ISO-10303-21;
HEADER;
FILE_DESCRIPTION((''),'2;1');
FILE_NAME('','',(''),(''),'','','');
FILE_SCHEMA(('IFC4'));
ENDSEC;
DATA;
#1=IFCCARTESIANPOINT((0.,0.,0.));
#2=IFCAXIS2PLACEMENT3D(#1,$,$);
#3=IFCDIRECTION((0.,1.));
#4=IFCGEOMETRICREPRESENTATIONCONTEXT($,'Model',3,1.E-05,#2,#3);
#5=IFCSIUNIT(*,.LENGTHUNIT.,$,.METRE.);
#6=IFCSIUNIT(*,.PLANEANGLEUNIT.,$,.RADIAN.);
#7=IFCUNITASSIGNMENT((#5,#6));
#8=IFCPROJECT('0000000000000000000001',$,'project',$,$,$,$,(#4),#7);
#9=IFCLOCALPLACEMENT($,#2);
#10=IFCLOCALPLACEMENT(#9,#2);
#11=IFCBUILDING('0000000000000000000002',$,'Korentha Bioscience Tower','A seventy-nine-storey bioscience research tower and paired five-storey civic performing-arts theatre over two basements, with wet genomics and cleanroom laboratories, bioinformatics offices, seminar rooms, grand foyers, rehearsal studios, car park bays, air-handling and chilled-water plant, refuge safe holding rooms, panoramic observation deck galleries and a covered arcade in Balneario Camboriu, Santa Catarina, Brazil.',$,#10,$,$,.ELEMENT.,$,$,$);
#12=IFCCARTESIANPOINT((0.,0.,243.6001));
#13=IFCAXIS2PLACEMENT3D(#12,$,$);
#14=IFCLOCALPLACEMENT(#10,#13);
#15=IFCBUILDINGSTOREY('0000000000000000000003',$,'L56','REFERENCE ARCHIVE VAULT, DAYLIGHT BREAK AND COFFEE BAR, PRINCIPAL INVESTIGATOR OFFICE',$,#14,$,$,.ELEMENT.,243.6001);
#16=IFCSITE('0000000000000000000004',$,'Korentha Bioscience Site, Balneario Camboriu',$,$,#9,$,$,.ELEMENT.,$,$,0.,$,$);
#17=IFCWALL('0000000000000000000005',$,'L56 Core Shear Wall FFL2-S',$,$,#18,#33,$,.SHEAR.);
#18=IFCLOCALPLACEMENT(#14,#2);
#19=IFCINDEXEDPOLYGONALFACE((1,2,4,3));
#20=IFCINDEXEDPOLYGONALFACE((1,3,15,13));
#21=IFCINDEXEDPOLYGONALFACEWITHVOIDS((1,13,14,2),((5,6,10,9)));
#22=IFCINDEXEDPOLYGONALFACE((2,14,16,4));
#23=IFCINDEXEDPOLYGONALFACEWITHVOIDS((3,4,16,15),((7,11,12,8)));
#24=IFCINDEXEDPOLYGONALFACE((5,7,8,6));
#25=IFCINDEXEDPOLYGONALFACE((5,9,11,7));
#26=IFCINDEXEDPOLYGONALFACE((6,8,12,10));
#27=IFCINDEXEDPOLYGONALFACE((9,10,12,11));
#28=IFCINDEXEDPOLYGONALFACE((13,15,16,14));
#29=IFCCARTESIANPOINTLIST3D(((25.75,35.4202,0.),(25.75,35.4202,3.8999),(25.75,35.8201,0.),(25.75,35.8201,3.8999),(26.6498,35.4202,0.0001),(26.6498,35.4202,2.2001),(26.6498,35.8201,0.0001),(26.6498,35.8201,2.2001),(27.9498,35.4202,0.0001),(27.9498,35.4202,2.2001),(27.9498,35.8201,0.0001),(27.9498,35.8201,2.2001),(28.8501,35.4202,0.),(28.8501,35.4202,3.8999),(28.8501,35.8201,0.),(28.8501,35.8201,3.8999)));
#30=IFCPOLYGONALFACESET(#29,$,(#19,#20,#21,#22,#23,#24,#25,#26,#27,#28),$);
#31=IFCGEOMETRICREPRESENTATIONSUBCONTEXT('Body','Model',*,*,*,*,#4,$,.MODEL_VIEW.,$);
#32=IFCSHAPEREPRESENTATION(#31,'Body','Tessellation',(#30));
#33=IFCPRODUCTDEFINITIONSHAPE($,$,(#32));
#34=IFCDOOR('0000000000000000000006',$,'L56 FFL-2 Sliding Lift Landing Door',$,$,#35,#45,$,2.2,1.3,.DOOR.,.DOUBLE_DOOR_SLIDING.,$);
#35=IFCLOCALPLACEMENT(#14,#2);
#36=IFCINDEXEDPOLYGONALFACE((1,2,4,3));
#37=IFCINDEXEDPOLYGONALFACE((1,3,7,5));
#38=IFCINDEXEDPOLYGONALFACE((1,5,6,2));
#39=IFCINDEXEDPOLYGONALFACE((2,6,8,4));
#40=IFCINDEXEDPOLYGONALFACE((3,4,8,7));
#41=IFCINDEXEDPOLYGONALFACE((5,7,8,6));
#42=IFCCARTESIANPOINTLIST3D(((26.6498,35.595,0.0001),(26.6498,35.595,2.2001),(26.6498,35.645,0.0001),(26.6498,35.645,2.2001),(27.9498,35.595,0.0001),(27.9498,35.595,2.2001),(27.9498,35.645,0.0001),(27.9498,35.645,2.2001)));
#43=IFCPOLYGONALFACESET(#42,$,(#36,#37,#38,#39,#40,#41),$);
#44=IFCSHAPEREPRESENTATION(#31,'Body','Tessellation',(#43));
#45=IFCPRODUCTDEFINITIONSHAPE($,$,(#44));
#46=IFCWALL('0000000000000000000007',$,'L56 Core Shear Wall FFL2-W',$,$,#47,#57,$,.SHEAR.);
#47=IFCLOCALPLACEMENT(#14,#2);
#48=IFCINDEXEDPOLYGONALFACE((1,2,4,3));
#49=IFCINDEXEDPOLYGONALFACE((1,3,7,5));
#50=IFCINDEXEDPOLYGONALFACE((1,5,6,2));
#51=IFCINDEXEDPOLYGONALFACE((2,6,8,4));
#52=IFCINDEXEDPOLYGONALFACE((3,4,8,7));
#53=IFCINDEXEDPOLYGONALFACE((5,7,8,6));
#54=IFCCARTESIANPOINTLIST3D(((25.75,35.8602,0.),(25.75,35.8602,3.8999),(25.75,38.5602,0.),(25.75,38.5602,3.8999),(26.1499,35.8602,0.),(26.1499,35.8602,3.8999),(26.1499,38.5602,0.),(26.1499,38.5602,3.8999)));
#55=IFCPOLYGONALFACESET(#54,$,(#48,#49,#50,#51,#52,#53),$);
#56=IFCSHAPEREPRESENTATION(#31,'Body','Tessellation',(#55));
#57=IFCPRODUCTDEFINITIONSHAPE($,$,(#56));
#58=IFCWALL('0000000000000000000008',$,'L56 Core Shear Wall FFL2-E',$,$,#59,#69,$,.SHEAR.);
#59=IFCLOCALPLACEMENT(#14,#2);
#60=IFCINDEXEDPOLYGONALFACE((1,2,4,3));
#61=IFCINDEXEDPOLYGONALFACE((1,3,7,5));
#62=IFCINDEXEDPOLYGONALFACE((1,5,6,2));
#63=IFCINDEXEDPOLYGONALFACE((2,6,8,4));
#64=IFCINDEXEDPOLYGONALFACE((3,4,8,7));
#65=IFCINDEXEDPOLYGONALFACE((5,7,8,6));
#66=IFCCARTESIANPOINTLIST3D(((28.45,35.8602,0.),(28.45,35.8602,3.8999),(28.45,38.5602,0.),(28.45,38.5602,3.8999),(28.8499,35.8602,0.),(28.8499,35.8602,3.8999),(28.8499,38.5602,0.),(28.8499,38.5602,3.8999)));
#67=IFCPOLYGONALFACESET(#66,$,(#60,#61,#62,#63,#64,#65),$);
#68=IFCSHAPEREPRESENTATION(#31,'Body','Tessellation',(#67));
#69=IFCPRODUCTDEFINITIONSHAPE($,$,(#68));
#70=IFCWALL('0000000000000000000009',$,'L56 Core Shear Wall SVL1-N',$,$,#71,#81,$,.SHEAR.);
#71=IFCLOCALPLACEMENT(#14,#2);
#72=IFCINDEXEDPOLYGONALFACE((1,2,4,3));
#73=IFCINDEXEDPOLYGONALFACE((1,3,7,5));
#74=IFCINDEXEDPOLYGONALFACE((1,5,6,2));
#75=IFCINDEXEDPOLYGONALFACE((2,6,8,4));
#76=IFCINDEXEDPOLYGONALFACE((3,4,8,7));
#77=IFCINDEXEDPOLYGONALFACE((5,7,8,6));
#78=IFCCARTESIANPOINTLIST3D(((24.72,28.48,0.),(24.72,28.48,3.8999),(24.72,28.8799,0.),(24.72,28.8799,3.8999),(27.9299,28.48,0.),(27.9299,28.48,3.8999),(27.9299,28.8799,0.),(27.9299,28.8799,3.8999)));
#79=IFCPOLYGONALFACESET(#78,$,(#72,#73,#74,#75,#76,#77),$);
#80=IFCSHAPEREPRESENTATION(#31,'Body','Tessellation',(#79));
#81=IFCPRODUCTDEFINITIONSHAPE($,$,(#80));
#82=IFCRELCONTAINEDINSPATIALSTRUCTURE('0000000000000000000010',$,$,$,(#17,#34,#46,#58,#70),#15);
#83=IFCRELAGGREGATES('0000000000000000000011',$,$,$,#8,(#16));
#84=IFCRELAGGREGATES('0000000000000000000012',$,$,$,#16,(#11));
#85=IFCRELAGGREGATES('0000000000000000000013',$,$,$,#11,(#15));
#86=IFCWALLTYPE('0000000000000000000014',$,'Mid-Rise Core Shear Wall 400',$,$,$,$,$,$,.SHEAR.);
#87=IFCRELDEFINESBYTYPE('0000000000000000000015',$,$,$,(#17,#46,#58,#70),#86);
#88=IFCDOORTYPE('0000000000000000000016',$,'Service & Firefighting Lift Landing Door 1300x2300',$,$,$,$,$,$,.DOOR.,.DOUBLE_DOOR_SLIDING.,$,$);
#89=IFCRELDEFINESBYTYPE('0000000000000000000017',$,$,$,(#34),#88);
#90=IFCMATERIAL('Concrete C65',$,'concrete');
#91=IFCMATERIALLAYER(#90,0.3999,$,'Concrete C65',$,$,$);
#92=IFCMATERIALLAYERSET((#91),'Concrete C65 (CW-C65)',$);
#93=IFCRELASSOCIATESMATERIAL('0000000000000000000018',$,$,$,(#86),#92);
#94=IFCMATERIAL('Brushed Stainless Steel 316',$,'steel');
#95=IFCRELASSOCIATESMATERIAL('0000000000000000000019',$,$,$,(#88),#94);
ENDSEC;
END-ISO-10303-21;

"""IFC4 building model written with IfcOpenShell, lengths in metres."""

from ifc_helpers import new_model, si_unit, direction, frame, frame_2d, origin, place, context, subcontext, project, spatial, rectangle, extrude, material, layer, layer_set, type_object, element, fill, save


model = new_model("IFC4")

# Units and contexts
model_context = context("Model", 3, precision=1e-05, world=origin(), true_north=direction((0.0, 1.0)))
body_context = subcontext(model_context, "Body", "Model", "MODEL_VIEW")
ifc_project = project(units=[si_unit("LENGTHUNIT", "METRE"), si_unit("PLANEANGLEUNIT", "RADIAN")], contexts=[model_context])

# Site, building, storey
site_placement = place(None, origin())
site = spatial("IfcSite", under=ifc_project, at=site_placement, Name="Korentha Bioscience Site, Balneario Camboriu", CompositionType="ELEMENT", RefElevation=0.0)
building_placement = place(site_placement, origin())
building = spatial("IfcBuilding", under=site, at=building_placement, Name="Korentha Bioscience Tower", Description="A seventy-nine-storey bioscience research tower and paired five-storey civic performing-arts theatre over two basements, with wet genomics and cleanroom laboratories, bioinformatics offices, seminar rooms, grand foyers, rehearsal studios, car park bays, air-handling and chilled-water plant, refuge safe holding rooms, panoramic observation deck galleries and a covered arcade in Balneario Camboriu, Santa Catarina, Brazil.", CompositionType="ELEMENT")
storey_placement = place(building_placement, frame((0.0, 0.0, 243.6001)))
storey = spatial("IfcBuildingStorey", under=building, at=storey_placement, Name="L56", Description="REFERENCE ARCHIVE VAULT, DAYLIGHT BREAK AND COFFEE BAR, PRINCIPAL INVESTIGATOR OFFICE", CompositionType="ELEMENT", Elevation=243.6001)

# Shared definitions
ifc_material_1 = material(Name="Concrete C65", Category="concrete")

# Shared definitions
ifc_layer_1 = layer(ifc_material_1, 0.3999, Name="Concrete C65")
ifc_layer_set_1 = layer_set([ifc_layer_1], Name="Concrete C65 (CW-C65)")
wall_type_1 = type_object("IfcWallType", Name="Mid-Rise Core Shear Wall 400", PredefinedType="SHEAR", material=ifc_layer_set_1)

# Wall, opening, door
wall_1_placement = place(storey_placement, frame((25.75, 35.6201, 0.0), z_axis=(0.0, 0.0, 1.0), x_axis=(1.0, 0.0, 0.0)))
wall_1 = element("IfcWall", 1, at=wall_1_placement, inside=storey, type_object=wall_type_1, Name="L56 Core Shear Wall FFL2-S", PredefinedType="SHEAR", context=body_context, shape_type="SweptSolid", body=[
    extrude(rectangle(XDim=3.1001, YDim=0.3999, at=frame_2d((1.55, 0.0))), origin(), (0.0, 0.0, 1.0), 3.8999),
])
opening_1_placement = place(wall_1_placement, frame((0.8999, 0.0, 0.0)))
opening_1 = element("IfcOpeningElement", 2, at=opening_1_placement, cuts=wall_1, PredefinedType="OPENING", context=body_context, shape_type="SweptSolid", body=[
    extrude(rectangle(XDim=1.3, YDim=2.2, at=frame_2d((0.6499, 1.1001))), frame((0.0, 0.2148, 0.0), z_axis=(0.0, -1.0, 0.0), x_axis=(1.0, 0.0, 0.0)), (0.0, 0.0, 1.0), 0.4297),
])
ifc_material_2 = material(Name="Brushed Stainless Steel 316", Category="steel")
door_type_1 = type_object("IfcDoorType", Name="Service & Firefighting Lift Landing Door 1300x2300", OperationType="DOUBLE_DOOR_SLIDING", PredefinedType="DOOR", material=ifc_material_2)
door_1_placement = place(opening_1_placement, origin())
door_1 = element("IfcDoor", 3, at=door_1_placement, inside=storey, type_object=door_type_1, Name="L56 FFL-2 Sliding Lift Landing Door", OperationType="DOUBLE_DOOR_SLIDING", OverallHeight=2.2, OverallWidth=1.3, PredefinedType="DOOR", context=body_context, shape_type="SweptSolid", body=[
    extrude(rectangle(XDim=1.3, YDim=2.2, at=frame_2d((0.6499, 1.1001))), frame((0.0, 0.0249, 0.0), z_axis=(0.0, -1.0, 0.0), x_axis=(1.0, 0.0, 0.0)), (0.0, 0.0, 1.0), 0.05),
])
fill(opening_1, door_1)

# Walls
for number, where, z_axis, x_axis, name in (
    (4, (25.95, 35.8601, 0.0), (0.0, 0.0, 1.0), (0.0, 1.0, 0.0), "L56 Core Shear Wall FFL2-W"),
    (5, (28.6499, 35.8601, 0.0), (0.0, 0.0, 1.0), (0.0, 1.0, 0.0), "L56 Core Shear Wall FFL2-E"),
):
    element("IfcWall", number, at=place(storey_placement, frame(where, z_axis=z_axis, x_axis=x_axis)), inside=storey, type_object=wall_type_1, Name=name, PredefinedType="SHEAR", context=body_context, shape_type="SweptSolid", body=[
        extrude(rectangle(XDim=2.7, YDim=0.3999, at=frame_2d((1.3501, 0.0))), origin(), (0.0, 0.0, 1.0), 3.8999),
    ])
wall_2_placement = place(storey_placement, frame((24.72, 28.6799, 0.0), z_axis=(0.0, 0.0, 1.0), x_axis=(1.0, 0.0, 0.0)))
element("IfcWall", 6, at=wall_2_placement, inside=storey, type_object=wall_type_1, Name="L56 Core Shear Wall SVL1-N", PredefinedType="SHEAR", context=body_context, shape_type="SweptSolid", body=[
    extrude(rectangle(XDim=3.21, YDim=0.3999, at=frame_2d((1.605, 0.0))), origin(), (0.0, 0.0, 1.0), 3.8999),
])

save(model, "model.ifc")
